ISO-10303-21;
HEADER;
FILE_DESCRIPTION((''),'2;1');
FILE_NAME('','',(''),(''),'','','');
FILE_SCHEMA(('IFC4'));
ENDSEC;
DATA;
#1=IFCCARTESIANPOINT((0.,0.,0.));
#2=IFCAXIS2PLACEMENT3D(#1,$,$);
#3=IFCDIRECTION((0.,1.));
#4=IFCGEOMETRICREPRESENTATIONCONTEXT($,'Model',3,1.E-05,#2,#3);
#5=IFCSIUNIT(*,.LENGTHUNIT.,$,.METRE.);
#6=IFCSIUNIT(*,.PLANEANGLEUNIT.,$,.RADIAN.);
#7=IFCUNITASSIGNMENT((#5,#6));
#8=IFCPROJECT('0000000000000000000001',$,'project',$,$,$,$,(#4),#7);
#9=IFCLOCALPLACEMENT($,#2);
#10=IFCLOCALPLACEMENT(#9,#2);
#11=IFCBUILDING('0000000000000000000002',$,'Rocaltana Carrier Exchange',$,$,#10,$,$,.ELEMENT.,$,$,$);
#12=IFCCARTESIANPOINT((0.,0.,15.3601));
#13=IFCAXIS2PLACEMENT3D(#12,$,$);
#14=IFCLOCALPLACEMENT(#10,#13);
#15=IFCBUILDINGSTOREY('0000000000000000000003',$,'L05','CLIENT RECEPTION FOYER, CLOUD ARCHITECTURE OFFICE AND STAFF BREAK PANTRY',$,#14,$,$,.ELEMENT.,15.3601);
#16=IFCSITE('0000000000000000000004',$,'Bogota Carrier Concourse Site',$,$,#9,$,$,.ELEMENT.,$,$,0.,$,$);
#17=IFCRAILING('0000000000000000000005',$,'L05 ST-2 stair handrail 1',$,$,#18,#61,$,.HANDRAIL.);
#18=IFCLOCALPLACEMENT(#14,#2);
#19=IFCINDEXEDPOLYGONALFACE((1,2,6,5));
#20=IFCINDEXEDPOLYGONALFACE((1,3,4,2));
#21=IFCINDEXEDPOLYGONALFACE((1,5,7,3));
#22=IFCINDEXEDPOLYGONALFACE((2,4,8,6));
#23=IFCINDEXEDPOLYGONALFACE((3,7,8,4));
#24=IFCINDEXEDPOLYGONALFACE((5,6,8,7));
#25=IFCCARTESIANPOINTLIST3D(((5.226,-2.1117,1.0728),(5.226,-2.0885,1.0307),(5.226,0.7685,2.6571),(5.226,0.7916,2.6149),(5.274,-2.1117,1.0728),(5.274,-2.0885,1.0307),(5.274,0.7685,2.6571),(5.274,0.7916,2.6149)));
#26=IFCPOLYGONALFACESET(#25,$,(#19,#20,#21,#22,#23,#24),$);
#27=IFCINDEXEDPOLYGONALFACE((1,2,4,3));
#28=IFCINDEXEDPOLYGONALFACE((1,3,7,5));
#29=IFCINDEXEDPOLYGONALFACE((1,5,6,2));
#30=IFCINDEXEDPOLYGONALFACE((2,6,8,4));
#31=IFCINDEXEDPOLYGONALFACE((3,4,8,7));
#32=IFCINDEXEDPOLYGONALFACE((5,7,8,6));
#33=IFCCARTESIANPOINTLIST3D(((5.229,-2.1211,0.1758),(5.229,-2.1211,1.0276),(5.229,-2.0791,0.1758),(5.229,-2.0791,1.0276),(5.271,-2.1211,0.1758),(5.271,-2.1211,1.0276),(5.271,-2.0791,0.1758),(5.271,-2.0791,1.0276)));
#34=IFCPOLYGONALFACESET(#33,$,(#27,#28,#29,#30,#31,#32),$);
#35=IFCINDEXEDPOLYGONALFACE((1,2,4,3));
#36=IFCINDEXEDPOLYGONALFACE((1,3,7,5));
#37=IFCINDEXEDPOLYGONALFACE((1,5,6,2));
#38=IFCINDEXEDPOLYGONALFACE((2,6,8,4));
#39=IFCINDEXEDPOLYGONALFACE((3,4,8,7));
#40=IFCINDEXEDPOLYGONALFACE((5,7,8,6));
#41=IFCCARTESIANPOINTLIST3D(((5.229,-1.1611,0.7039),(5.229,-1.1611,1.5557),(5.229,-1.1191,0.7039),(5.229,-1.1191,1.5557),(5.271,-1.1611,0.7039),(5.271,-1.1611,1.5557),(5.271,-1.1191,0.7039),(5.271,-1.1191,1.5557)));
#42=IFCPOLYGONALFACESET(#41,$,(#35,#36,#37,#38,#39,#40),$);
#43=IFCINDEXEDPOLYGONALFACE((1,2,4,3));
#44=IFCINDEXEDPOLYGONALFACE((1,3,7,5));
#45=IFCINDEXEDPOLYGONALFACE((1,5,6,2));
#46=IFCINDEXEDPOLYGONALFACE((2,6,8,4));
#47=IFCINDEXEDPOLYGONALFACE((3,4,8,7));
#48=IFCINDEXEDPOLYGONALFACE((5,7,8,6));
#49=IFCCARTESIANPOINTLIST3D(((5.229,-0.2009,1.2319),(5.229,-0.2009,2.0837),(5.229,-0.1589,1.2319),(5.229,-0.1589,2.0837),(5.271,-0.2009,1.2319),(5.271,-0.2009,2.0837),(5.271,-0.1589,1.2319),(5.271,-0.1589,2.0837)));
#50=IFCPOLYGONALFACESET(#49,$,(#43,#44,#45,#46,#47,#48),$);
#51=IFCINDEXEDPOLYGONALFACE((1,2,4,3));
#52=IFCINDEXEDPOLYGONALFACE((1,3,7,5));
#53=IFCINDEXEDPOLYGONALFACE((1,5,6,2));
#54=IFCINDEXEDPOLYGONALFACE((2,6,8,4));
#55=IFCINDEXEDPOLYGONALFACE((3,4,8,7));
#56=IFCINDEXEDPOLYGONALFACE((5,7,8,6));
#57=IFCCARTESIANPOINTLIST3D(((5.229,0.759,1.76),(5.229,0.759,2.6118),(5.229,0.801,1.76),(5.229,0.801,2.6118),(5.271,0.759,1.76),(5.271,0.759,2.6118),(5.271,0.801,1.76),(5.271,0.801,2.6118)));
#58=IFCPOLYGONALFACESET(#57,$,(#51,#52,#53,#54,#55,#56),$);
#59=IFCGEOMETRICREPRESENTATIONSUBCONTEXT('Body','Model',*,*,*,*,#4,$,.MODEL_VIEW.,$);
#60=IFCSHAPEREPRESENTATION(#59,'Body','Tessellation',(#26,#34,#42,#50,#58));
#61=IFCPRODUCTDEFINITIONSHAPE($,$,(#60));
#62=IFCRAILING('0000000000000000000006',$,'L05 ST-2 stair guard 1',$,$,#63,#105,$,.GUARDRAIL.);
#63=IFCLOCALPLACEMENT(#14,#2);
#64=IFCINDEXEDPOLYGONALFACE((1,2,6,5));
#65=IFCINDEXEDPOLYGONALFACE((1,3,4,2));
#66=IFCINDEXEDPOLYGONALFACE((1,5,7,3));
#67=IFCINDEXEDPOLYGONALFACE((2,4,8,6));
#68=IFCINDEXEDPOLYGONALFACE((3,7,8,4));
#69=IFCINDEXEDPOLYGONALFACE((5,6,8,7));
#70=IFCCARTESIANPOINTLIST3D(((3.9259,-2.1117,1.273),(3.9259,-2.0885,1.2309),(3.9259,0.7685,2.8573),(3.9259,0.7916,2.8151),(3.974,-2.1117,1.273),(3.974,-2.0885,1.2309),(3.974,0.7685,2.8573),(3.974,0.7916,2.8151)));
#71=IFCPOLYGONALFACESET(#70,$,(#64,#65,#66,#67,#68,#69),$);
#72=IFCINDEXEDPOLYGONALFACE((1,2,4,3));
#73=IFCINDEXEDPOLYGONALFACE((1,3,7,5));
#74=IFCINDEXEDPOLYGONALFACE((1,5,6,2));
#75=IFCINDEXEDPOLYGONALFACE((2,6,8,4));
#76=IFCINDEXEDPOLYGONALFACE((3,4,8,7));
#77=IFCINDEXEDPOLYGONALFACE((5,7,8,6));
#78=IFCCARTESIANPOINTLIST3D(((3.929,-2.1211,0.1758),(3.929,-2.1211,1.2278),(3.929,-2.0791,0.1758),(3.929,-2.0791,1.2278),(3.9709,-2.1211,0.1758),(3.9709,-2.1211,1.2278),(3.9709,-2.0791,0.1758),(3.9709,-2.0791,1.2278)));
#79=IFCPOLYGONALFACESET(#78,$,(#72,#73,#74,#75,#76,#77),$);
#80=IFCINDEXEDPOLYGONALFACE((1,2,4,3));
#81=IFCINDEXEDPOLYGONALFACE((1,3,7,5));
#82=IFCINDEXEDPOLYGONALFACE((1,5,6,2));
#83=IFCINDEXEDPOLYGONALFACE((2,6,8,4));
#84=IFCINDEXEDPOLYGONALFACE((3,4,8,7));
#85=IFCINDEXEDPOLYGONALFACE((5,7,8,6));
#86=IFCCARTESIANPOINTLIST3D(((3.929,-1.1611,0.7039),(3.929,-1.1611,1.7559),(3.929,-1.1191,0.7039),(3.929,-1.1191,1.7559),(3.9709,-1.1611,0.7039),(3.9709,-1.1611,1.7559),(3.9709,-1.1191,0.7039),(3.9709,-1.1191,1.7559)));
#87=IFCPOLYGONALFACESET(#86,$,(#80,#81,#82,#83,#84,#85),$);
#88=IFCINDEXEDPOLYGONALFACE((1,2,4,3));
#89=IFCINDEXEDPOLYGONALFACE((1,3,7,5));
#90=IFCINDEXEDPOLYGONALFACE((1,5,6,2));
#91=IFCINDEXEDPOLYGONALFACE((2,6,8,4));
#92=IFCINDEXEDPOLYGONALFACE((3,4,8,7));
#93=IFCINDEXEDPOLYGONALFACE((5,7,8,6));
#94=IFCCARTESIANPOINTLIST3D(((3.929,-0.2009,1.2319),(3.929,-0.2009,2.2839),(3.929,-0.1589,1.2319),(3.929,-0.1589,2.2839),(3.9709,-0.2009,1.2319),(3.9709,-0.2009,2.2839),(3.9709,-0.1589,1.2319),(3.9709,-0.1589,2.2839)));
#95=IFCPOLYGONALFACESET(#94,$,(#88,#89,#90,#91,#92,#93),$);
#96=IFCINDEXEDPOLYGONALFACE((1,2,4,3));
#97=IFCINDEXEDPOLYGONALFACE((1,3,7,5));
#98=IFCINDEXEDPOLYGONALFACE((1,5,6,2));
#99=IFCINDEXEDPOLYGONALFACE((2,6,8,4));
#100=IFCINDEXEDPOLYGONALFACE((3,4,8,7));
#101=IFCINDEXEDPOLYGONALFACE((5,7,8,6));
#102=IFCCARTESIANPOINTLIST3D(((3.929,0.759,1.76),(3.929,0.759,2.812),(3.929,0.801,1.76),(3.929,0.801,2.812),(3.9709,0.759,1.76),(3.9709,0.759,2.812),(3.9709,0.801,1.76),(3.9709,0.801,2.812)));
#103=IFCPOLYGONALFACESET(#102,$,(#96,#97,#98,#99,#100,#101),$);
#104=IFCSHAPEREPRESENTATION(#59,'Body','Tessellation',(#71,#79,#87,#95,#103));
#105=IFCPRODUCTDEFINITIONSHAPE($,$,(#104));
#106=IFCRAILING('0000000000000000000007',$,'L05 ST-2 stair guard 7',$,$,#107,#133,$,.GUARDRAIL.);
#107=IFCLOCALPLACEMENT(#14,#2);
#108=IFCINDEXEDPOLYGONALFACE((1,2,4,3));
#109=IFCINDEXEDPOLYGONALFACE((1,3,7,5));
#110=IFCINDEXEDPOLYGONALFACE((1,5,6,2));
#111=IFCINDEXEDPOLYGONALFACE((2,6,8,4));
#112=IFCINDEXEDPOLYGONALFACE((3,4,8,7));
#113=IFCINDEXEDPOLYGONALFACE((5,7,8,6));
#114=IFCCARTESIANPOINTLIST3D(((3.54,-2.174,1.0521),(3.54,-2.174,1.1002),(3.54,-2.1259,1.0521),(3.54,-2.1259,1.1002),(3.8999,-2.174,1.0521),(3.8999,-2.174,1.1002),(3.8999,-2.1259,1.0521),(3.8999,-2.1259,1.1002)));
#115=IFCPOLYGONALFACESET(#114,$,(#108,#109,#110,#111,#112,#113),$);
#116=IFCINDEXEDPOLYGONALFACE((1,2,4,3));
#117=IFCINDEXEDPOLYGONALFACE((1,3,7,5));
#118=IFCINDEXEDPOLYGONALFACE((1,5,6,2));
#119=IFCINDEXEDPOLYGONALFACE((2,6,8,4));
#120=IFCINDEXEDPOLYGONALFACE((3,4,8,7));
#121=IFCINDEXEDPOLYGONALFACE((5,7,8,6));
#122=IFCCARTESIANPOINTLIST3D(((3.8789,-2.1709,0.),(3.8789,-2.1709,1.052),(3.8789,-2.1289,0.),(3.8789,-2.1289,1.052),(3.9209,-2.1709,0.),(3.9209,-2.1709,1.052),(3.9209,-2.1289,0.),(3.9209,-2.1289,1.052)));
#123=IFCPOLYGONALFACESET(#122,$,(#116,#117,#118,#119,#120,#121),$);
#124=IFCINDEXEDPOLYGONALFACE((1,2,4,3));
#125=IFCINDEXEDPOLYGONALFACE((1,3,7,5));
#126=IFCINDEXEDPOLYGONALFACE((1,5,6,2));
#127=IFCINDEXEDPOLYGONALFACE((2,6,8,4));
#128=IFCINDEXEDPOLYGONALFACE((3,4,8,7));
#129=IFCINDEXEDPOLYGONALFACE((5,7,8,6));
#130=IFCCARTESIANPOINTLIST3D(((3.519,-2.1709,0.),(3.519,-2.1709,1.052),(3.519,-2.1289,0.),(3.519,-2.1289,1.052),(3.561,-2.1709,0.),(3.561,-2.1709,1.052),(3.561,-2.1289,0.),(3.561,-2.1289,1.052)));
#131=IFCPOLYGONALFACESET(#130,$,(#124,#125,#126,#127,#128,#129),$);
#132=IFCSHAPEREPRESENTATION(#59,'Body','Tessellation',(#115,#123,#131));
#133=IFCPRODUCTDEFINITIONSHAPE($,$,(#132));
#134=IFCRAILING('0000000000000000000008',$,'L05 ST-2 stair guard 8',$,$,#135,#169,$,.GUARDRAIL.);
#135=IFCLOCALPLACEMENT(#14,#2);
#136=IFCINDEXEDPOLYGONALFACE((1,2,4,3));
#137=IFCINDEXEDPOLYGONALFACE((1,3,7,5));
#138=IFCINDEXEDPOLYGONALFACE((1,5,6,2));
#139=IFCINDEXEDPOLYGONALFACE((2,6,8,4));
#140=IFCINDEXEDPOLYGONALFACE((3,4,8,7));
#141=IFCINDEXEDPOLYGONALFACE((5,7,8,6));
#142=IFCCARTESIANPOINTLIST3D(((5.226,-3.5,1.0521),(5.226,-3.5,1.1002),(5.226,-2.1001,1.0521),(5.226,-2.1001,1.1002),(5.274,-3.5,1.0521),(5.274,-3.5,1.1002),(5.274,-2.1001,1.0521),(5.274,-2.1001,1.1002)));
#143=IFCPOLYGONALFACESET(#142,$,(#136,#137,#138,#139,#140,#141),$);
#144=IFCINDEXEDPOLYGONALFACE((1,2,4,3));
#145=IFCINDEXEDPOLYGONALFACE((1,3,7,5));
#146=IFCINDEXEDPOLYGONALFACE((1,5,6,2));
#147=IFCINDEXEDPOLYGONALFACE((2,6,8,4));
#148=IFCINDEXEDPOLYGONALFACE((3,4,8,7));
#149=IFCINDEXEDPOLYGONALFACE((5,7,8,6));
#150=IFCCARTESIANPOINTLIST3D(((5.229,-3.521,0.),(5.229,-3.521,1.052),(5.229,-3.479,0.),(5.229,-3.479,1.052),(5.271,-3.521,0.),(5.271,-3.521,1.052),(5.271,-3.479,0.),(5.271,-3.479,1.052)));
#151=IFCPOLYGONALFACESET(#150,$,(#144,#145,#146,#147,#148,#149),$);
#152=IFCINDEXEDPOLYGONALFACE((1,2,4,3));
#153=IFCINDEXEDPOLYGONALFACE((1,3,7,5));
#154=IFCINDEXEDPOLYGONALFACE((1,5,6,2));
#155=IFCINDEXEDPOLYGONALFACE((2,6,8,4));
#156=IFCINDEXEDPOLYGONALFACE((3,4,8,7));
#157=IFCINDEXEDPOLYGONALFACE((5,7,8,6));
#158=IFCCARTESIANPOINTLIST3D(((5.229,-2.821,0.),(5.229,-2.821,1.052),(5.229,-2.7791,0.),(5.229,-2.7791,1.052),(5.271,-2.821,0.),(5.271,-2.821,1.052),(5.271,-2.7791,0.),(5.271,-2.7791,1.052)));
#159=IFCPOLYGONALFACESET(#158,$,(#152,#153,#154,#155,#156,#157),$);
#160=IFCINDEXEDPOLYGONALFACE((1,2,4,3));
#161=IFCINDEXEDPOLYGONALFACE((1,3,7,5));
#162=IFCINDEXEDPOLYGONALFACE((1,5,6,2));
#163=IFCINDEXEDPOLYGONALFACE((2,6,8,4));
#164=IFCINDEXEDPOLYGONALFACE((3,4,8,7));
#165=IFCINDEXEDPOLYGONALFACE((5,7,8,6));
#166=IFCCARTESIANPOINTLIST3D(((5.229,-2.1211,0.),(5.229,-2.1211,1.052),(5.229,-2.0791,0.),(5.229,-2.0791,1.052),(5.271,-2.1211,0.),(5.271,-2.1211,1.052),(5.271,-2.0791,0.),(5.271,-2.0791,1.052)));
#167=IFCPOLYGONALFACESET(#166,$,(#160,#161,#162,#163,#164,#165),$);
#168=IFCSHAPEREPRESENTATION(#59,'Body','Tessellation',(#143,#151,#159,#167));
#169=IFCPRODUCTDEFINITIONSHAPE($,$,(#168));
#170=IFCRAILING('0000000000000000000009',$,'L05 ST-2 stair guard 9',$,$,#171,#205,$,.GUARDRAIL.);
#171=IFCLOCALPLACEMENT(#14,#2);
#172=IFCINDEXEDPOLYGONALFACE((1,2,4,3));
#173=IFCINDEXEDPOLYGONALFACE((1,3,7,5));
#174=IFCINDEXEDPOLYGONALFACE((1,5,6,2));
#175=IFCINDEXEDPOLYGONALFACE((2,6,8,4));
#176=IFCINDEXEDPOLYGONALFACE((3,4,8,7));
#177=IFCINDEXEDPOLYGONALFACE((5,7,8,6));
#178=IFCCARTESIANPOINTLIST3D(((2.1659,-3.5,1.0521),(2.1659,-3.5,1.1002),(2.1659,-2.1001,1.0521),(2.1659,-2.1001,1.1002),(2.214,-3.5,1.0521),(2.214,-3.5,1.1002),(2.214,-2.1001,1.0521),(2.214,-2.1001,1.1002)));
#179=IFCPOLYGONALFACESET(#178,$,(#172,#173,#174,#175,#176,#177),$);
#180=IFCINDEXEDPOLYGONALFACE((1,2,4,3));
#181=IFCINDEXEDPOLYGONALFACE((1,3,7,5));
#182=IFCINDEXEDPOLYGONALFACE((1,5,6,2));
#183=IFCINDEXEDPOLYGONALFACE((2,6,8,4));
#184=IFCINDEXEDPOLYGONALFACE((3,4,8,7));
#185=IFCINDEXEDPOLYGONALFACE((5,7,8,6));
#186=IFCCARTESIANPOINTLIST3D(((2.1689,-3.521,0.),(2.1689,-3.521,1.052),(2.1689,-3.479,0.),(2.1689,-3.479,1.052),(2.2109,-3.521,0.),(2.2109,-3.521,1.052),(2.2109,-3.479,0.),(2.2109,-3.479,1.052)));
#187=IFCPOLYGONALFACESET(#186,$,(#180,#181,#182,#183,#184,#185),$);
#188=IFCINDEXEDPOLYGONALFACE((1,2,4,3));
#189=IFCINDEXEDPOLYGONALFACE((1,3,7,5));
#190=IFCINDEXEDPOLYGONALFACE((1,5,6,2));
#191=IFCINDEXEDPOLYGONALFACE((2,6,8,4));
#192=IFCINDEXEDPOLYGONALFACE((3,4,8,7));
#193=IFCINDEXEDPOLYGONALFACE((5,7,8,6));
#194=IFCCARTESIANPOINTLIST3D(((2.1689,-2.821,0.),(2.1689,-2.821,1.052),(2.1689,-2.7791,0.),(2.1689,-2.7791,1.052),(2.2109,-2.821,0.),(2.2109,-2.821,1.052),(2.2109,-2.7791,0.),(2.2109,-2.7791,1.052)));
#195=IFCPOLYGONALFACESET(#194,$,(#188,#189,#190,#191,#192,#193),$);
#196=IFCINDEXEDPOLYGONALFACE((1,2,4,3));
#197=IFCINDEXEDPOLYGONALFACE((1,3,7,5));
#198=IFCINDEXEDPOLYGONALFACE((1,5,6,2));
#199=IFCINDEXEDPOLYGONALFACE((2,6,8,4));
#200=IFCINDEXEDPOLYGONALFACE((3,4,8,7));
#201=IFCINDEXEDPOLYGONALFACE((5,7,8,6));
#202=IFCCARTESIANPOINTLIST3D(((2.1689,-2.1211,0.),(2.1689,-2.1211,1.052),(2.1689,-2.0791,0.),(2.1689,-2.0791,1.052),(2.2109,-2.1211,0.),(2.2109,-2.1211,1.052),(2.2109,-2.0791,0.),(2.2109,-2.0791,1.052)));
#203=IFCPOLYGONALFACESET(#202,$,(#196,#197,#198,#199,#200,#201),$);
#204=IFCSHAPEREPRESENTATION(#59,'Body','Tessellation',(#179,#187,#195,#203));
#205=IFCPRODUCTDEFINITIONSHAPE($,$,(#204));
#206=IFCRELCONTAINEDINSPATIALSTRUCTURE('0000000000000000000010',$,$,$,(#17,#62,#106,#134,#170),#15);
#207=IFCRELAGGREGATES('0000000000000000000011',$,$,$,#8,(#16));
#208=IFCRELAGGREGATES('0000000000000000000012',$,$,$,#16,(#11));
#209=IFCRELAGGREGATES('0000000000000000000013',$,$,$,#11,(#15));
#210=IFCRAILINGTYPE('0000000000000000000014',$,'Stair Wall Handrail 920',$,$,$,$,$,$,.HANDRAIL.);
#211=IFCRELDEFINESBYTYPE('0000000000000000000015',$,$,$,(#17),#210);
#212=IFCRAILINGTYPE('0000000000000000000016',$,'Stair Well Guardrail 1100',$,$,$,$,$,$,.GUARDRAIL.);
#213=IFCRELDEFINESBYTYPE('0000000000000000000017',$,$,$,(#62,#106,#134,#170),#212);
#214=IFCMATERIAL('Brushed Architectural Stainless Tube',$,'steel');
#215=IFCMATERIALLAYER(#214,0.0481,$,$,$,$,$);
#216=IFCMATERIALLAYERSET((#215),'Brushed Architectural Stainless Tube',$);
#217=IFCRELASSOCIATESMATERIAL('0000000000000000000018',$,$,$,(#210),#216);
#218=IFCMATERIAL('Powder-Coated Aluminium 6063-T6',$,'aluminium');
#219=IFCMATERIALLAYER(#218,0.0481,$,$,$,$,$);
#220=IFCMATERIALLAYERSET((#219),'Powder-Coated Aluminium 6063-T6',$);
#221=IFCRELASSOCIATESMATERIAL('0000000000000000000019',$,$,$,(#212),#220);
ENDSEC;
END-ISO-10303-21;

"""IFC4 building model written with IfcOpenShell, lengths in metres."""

from ifc_helpers import new_model, si_unit, direction, frame, origin, origin_2d, place, context, subcontext, project, spatial, rectangle, extrude, material, layer, layer_set, type_object, element, save


model = new_model("IFC4")

# Units and contexts
model_context = context("Model", 3, precision=1e-05, world=origin(), true_north=direction((0.0, 1.0)))
body_context = subcontext(model_context, "Body", "Model", "MODEL_VIEW")
ifc_project = project(units=[si_unit("LENGTHUNIT", "METRE"), si_unit("PLANEANGLEUNIT", "RADIAN")], contexts=[model_context])

# Site, building, storey
site_placement = place(None, origin())
site = spatial("IfcSite", under=ifc_project, at=site_placement, Name="Bogota Carrier Concourse Site", CompositionType="ELEMENT", RefElevation=0.0)
building_placement = place(site_placement, origin())
building = spatial("IfcBuilding", under=site, at=building_placement, Name="Rocaltana Carrier Exchange", CompositionType="ELEMENT")
storey_placement = place(building_placement, frame((0.0, 0.0, 15.3601)))
storey = spatial("IfcBuildingStorey", under=building, at=storey_placement, Name="L05", Description="CLIENT RECEPTION FOYER, CLOUD ARCHITECTURE OFFICE AND STAFF BREAK PANTRY", CompositionType="ELEMENT", Elevation=15.3601)

# Railings
ifc_material_1 = material(Name="Brushed Architectural Stainless Tube", Category="steel")
ifc_layer_1 = layer(ifc_material_1, 0.0481)
ifc_layer_set_1 = layer_set([ifc_layer_1], Name="Brushed Architectural Stainless Tube")
railing_type_1 = type_object("IfcRailingType", Name="Stair Wall Handrail 920", PredefinedType="HANDRAIL", material=ifc_layer_set_1)
railing_1_placement = place(storey_placement, frame((5.25, -2.1001, 0.1758)))
element("IfcRailing", 1, at=railing_1_placement, inside=storey, type_object=railing_type_1, Name="L05 ST-2 stair handrail 1", PredefinedType="HANDRAIL", context=body_context, shape_type="SweptSolid", body=[
    extrude(rectangle(XDim=0.0481, YDim=0.0481, at=origin_2d()), frame((0.0, 0.0, 0.876), z_axis=(0.0, 0.876196, 0.481956), x_axis=(-1.0, 0.0, 0.0)), (0.0, 0.0, 1.0), 3.2871),
    extrude(rectangle(XDim=0.042, YDim=0.042, at=origin_2d()), origin(), (0.0, 0.0, 1.0), 0.8518),
    extrude(rectangle(XDim=0.042, YDim=0.042, at=origin_2d()), frame((0.0, 0.96, 0.5281)), (0.0, 0.0, 1.0), 0.8518),
    extrude(rectangle(XDim=0.042, YDim=0.042, at=origin_2d()), frame((0.0, 1.9202, 1.0562)), (0.0, 0.0, 1.0), 0.8518),
    extrude(rectangle(XDim=0.042, YDim=0.042, at=origin_2d()), frame((0.0, 2.8801, 1.5842)), (0.0, 0.0, 1.0), 0.8518),
])
ifc_material_2 = material(Name="Powder-Coated Aluminium 6063-T6", Category="aluminium")
ifc_layer_2 = layer(ifc_material_2, 0.0481)
ifc_layer_set_2 = layer_set([ifc_layer_2], Name="Powder-Coated Aluminium 6063-T6")
railing_type_2 = type_object("IfcRailingType", Name="Stair Well Guardrail 1100", PredefinedType="GUARDRAIL", material=ifc_layer_set_2)
railing_2_placement = place(storey_placement, frame((3.95, -2.1001, 0.1758)))
element("IfcRailing", 2, at=railing_2_placement, inside=storey, type_object=railing_type_2, Name="L05 ST-2 stair guard 1", PredefinedType="GUARDRAIL", context=body_context, shape_type="SweptSolid", body=[
    extrude(rectangle(XDim=0.0481, YDim=0.0481, at=origin_2d()), frame((0.0, 0.0, 1.0762), z_axis=(0.0, 0.876196, 0.481956), x_axis=(-1.0, 0.0, 0.0)), (0.0, 0.0, 1.0), 3.2871),
    extrude(rectangle(XDim=0.042, YDim=0.042, at=origin_2d()), origin(), (0.0, 0.0, 1.0), 1.052),
    extrude(rectangle(XDim=0.042, YDim=0.042, at=origin_2d()), frame((0.0, 0.96, 0.5281)), (0.0, 0.0, 1.0), 1.052),
    extrude(rectangle(XDim=0.042, YDim=0.042, at=origin_2d()), frame((0.0, 1.9202, 1.0562)), (0.0, 0.0, 1.0), 1.052),
    extrude(rectangle(XDim=0.042, YDim=0.042, at=origin_2d()), frame((0.0, 2.8801, 1.5842)), (0.0, 0.0, 1.0), 1.052),
])
railing_3_placement = place(storey_placement, frame((3.8999, -2.1499, 0.0)))
element("IfcRailing", 3, at=railing_3_placement, inside=storey, type_object=railing_type_2, Name="L05 ST-2 stair guard 7", PredefinedType="GUARDRAIL", context=body_context, shape_type="SweptSolid", body=[
    extrude(rectangle(XDim=0.0481, YDim=0.0481, at=origin_2d()), frame((0.0, 0.0, 1.0762), z_axis=(-1.0, 0.0, 0.0), x_axis=(0.0, -1.0, 0.0)), (0.0, 0.0, 1.0), 0.3599),
    extrude(rectangle(XDim=0.042, YDim=0.042, at=origin_2d()), origin(), (0.0, 0.0, 1.0), 1.052),
    extrude(rectangle(XDim=0.042, YDim=0.042, at=origin_2d()), frame((-0.3599, 0.0, 0.0)), (0.0, 0.0, 1.0), 1.052),
])
for number, where, name in (
    (4, (5.25, -3.5, 0.0), "L05 ST-2 stair guard 8"),
    (5, (2.1899, -3.5, 0.0), "L05 ST-2 stair guard 9"),
):
    element("IfcRailing", number, at=place(storey_placement, frame(where)), inside=storey, type_object=railing_type_2, Name=name, PredefinedType="GUARDRAIL", context=body_context, shape_type="SweptSolid", body=[
        extrude(rectangle(XDim=0.0481, YDim=0.0481, at=origin_2d()), frame((0.0, 0.0, 1.0762), z_axis=(0.0, 1.0, 0.0), x_axis=(-1.0, 0.0, 0.0)), (0.0, 0.0, 1.0), 1.3999),
        extrude(rectangle(XDim=0.042, YDim=0.042, at=origin_2d()), origin(), (0.0, 0.0, 1.0), 1.052),
        extrude(rectangle(XDim=0.042, YDim=0.042, at=origin_2d()), frame((0.0, 0.7, 0.0)), (0.0, 0.0, 1.0), 1.052),
        extrude(rectangle(XDim=0.042, YDim=0.042, at=origin_2d()), frame((0.0, 1.3999, 0.0)), (0.0, 0.0, 1.0), 1.052),
    ])

save(model, "model.ifc")
